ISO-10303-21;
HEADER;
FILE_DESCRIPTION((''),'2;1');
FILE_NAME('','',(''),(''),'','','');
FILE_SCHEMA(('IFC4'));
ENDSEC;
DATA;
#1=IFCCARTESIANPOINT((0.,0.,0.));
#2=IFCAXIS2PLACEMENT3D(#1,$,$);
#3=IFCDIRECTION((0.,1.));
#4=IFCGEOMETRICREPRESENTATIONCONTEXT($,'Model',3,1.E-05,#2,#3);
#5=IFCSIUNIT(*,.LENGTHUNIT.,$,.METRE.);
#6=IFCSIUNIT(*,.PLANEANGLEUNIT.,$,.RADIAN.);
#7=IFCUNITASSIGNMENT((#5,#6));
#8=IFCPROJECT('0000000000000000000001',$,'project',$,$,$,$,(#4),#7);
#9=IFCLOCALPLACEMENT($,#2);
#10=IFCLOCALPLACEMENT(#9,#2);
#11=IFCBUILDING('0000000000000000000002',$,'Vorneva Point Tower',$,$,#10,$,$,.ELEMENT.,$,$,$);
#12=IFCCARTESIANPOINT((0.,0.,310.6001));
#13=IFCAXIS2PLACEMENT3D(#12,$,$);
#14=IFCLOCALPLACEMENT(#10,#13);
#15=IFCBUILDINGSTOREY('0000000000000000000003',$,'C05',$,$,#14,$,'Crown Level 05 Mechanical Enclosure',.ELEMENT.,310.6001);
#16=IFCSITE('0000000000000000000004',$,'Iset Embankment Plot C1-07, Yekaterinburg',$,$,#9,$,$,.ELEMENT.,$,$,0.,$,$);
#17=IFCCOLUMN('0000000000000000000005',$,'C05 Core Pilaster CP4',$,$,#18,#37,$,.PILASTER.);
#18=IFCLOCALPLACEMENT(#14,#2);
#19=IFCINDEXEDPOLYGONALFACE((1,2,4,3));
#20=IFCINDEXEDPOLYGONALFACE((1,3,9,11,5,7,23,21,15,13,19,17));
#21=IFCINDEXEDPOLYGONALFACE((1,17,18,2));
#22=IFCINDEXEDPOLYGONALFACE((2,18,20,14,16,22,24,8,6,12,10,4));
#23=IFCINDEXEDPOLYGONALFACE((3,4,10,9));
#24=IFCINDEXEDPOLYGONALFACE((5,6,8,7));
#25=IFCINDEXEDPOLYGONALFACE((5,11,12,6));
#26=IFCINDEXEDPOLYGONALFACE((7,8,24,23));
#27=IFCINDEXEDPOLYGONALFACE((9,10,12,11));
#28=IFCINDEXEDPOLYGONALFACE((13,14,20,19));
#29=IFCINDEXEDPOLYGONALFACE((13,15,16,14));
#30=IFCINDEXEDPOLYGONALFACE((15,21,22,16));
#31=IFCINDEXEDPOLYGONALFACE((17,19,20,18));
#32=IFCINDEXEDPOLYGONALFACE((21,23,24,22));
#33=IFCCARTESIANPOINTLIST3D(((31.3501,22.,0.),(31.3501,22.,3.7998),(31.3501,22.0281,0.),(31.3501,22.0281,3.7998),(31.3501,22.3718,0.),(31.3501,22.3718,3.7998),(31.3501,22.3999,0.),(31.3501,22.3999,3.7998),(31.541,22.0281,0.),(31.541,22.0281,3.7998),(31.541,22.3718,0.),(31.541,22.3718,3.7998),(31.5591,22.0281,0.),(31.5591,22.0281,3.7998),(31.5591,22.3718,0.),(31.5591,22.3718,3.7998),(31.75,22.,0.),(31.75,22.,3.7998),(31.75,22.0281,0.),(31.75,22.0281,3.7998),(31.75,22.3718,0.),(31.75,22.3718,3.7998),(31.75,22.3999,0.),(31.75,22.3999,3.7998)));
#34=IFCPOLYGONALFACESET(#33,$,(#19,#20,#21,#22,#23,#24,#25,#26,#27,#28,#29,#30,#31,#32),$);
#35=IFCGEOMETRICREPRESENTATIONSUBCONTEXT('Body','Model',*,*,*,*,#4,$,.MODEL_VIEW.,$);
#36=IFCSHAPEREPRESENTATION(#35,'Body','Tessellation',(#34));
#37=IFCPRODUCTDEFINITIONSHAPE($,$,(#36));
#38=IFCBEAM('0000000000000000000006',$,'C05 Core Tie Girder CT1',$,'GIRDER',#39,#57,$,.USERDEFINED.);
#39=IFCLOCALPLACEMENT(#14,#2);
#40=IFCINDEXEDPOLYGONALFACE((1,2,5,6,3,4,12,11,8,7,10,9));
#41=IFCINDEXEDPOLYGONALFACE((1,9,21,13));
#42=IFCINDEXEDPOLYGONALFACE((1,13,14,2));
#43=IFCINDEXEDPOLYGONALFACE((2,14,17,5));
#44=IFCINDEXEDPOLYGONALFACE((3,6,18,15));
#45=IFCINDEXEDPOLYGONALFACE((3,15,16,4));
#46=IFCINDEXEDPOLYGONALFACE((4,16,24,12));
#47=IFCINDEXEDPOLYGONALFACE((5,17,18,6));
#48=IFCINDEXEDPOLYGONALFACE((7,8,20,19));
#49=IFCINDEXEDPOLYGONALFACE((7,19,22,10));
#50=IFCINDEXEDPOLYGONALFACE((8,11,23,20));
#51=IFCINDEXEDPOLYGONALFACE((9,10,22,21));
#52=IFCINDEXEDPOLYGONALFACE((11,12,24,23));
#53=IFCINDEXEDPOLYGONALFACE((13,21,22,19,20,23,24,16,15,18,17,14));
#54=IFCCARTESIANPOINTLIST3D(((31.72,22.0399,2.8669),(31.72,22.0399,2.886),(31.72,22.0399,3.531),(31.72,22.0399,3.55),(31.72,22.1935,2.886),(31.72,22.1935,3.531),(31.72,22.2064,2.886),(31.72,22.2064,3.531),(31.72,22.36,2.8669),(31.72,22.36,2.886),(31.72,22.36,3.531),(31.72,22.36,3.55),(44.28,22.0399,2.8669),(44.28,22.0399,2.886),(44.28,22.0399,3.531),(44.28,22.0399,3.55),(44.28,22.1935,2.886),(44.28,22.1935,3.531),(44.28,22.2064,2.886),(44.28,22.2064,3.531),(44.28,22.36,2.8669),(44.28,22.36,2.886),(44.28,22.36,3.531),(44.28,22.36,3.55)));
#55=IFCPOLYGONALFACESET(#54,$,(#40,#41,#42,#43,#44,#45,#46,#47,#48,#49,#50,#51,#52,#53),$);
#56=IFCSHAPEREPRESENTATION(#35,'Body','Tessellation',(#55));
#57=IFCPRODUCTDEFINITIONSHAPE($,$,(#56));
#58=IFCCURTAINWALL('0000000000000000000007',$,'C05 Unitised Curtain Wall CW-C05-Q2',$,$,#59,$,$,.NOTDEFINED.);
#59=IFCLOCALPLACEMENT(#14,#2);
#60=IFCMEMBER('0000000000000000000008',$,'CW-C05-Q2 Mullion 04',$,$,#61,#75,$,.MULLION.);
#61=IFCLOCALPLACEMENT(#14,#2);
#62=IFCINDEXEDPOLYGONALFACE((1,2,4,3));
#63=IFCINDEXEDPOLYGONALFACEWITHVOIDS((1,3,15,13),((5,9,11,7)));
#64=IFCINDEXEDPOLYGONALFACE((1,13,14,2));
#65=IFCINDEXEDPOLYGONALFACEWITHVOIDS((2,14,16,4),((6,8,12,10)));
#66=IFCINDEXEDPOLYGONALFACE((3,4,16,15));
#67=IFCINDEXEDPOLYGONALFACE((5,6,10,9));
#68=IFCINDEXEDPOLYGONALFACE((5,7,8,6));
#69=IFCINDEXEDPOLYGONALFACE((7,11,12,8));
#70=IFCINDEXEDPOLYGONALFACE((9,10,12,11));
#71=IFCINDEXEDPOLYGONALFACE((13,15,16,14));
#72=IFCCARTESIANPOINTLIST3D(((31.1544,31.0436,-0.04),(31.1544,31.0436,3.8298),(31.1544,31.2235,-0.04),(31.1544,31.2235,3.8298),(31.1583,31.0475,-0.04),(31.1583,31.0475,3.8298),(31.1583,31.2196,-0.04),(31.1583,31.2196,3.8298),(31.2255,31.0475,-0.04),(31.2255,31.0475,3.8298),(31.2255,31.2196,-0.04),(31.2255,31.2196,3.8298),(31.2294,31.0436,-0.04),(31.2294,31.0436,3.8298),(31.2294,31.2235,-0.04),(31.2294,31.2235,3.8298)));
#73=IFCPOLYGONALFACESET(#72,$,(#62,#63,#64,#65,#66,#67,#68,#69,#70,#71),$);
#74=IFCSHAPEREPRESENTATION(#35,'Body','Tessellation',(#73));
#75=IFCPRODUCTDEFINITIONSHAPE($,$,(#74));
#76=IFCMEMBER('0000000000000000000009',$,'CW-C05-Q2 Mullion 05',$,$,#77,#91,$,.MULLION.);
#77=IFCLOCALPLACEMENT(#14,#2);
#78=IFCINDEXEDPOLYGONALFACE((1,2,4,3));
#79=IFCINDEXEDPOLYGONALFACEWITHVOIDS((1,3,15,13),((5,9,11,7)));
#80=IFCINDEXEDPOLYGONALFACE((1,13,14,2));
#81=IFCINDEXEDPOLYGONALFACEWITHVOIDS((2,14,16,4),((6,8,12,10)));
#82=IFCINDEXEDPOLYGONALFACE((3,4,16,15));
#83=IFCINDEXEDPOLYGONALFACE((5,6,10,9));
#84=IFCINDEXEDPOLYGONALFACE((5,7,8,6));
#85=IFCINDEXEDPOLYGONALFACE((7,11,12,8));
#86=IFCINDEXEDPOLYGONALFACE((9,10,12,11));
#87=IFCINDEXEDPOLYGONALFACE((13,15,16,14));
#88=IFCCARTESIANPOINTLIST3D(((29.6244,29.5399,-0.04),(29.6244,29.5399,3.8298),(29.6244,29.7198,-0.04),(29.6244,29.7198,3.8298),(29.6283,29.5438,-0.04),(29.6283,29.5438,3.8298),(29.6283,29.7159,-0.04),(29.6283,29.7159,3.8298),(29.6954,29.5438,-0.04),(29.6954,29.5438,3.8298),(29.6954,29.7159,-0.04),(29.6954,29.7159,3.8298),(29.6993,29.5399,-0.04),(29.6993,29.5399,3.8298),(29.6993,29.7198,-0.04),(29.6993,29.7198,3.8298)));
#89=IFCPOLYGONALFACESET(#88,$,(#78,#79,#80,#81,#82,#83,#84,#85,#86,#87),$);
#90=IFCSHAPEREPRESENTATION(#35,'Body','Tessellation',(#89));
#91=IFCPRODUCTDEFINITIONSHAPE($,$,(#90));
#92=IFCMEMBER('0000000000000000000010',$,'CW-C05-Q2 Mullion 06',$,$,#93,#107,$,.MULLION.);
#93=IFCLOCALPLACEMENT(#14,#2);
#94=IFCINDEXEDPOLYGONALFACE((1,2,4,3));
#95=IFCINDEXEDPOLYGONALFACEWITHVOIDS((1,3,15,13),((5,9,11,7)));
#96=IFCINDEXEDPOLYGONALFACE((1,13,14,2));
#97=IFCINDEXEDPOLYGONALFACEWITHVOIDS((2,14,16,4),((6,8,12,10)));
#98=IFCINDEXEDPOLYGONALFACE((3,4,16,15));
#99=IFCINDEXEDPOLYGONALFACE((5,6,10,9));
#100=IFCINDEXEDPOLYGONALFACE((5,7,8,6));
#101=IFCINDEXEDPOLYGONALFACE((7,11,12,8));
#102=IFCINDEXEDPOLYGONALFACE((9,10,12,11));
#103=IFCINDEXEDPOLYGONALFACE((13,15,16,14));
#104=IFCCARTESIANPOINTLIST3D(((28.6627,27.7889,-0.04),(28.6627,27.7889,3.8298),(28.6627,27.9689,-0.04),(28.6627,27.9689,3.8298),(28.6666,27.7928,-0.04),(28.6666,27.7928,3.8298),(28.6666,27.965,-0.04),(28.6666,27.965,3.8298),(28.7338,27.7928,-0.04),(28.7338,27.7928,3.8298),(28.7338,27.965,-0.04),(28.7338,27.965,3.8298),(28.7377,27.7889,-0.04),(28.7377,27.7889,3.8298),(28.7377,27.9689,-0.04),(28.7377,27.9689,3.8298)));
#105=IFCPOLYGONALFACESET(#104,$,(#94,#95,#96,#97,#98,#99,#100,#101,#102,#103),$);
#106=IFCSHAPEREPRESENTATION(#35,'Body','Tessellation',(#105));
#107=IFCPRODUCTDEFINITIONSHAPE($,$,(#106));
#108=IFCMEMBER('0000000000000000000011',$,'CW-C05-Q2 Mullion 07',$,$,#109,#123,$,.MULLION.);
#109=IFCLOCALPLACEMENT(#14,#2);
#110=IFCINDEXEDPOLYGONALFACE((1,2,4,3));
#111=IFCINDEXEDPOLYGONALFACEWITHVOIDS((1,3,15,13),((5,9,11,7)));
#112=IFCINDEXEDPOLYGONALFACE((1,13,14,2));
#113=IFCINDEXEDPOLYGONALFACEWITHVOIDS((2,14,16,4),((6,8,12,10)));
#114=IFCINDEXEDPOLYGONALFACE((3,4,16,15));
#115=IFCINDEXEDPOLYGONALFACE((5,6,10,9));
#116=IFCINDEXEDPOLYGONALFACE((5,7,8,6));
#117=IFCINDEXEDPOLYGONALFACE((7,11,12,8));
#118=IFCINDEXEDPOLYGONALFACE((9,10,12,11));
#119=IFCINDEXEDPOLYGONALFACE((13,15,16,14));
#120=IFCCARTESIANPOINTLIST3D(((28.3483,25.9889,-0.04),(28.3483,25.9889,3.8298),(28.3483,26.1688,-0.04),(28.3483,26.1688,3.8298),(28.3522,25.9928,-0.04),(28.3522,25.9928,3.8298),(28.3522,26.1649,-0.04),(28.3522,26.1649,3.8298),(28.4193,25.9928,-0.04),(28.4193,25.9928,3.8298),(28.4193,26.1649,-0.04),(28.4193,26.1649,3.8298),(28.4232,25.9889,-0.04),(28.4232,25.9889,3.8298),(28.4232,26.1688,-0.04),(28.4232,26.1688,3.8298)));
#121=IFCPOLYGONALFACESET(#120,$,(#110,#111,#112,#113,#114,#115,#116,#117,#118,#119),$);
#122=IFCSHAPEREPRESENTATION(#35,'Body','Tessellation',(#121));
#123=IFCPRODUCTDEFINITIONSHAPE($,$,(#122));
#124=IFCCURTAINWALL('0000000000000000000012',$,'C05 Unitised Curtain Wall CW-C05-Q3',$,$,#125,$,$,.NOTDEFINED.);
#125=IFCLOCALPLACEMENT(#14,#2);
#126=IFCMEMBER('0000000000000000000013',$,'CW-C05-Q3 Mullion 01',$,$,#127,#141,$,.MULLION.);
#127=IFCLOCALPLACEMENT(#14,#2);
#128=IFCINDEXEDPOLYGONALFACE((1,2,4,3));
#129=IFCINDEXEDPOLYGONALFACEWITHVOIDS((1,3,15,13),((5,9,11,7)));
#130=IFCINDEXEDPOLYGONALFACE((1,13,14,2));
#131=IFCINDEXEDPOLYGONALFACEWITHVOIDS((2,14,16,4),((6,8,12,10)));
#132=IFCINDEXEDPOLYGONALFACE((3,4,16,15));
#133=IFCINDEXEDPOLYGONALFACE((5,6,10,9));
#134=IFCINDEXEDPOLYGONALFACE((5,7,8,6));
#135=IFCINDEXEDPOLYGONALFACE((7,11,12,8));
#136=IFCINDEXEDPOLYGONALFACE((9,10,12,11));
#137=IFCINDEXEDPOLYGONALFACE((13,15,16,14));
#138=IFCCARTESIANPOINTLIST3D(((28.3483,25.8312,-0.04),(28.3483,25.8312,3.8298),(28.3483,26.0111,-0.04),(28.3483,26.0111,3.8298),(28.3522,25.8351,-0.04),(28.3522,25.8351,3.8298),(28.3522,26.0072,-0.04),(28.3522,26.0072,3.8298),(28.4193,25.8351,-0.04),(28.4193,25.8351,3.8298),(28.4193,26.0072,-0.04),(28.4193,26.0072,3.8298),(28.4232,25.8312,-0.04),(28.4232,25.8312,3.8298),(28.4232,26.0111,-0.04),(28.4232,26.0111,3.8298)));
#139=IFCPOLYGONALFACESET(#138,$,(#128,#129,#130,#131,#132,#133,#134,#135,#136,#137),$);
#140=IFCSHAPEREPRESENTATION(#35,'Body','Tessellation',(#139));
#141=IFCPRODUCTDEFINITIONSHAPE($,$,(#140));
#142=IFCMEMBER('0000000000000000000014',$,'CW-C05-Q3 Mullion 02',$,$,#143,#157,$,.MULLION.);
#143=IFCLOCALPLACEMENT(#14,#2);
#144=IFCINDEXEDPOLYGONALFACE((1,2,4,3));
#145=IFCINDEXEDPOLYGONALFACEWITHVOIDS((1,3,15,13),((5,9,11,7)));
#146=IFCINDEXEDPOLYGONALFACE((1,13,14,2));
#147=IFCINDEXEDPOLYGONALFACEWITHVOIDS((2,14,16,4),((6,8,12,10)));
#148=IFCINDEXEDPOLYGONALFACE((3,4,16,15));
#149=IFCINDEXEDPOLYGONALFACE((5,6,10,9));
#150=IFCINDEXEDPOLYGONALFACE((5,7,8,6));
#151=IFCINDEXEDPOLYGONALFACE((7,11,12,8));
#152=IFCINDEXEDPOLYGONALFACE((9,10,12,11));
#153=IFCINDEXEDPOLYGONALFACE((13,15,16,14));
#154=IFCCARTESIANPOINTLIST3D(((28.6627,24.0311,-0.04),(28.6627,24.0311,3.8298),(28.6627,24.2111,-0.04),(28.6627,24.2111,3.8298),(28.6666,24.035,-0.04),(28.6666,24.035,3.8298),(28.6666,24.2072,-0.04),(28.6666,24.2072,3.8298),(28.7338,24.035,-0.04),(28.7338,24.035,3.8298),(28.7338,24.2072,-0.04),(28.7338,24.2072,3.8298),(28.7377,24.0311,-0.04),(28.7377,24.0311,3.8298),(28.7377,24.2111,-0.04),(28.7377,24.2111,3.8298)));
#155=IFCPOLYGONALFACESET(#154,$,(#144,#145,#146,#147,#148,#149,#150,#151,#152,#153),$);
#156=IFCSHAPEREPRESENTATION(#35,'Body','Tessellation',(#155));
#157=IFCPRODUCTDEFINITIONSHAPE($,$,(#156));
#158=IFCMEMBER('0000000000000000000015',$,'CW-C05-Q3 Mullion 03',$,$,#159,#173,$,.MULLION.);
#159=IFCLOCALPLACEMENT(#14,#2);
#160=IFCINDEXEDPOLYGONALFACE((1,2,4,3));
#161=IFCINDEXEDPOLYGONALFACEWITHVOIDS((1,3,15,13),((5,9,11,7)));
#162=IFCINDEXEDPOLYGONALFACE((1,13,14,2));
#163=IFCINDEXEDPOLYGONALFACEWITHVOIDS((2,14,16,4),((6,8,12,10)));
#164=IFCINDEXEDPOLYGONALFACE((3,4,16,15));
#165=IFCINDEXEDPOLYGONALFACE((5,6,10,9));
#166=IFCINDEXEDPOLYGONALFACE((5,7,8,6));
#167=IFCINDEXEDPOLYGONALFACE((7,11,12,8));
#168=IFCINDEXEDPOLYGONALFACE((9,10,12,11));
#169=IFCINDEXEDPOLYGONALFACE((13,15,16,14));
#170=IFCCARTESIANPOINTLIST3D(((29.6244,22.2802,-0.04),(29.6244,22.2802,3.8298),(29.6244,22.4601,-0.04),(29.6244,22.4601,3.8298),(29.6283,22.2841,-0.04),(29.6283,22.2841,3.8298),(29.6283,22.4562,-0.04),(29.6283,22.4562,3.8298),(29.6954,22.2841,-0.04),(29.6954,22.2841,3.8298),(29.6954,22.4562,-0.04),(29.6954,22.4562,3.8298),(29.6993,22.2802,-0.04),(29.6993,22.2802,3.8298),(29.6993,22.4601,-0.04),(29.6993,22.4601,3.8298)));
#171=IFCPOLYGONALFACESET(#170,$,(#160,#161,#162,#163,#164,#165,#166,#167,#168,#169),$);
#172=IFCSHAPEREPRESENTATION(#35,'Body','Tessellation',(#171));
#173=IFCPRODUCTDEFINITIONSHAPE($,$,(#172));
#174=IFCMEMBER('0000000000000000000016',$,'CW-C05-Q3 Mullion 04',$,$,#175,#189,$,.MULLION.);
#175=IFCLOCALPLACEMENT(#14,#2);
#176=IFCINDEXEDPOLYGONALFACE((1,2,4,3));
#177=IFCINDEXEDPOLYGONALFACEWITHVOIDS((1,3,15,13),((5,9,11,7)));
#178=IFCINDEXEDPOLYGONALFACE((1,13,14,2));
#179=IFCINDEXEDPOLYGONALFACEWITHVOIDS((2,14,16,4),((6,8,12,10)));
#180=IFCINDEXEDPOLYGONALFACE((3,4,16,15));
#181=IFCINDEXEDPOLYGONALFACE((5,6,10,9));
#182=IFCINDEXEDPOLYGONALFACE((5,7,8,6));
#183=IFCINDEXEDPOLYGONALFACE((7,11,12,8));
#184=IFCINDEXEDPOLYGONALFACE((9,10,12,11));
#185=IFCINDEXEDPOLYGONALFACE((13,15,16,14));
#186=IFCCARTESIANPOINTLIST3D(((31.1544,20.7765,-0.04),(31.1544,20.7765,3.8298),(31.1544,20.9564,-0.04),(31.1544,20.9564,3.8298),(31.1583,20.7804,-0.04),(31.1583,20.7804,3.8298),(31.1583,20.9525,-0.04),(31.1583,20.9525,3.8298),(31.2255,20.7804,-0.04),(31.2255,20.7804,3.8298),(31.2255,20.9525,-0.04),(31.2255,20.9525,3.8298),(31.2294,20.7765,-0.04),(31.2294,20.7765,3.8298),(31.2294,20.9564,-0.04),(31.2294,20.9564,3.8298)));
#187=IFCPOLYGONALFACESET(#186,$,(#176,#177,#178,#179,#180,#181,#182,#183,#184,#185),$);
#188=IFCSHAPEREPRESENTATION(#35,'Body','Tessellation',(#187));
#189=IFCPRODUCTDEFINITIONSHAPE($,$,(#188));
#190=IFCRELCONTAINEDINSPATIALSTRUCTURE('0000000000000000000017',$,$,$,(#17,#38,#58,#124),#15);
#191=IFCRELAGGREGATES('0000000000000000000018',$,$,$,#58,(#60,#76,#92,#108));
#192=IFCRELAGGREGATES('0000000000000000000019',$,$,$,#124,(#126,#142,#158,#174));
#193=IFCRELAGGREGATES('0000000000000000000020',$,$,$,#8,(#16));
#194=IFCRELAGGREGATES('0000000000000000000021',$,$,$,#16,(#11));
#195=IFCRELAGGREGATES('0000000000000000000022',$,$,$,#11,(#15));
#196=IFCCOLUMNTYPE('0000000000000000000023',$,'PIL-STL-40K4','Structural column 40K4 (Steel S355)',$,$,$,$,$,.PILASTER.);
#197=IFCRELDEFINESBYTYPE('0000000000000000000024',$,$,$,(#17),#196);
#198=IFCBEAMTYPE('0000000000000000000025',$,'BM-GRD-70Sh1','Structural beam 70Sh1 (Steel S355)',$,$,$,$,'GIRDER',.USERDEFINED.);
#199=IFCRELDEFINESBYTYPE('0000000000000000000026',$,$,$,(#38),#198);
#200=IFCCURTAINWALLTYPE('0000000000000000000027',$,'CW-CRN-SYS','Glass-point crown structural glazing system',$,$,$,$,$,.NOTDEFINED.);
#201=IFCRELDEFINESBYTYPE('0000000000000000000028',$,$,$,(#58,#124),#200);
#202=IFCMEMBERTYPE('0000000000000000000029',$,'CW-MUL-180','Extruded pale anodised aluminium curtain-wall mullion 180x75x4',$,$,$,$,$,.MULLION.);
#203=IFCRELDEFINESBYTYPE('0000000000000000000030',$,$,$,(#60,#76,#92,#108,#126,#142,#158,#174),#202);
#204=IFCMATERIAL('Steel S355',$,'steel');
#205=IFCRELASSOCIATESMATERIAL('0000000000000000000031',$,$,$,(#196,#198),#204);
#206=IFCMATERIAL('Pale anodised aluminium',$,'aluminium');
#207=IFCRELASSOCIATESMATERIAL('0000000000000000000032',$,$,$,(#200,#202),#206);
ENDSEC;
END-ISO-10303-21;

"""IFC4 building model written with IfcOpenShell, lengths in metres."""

from ifc_helpers import new_model, si_unit, direction, frame, origin, origin_2d, place, context, subcontext, project, spatial, hollow_rectangle, i_section, extrude, material, material_profile, profile_set, type_object, element, aggregate, save


model = new_model("IFC4")

# Units and contexts
model_context = context("Model", 3, precision=1e-05, world=origin(), true_north=direction((0.0, 1.0)))
body_context = subcontext(model_context, "Body", "Model", "MODEL_VIEW")
ifc_project = project(units=[si_unit("LENGTHUNIT", "METRE"), si_unit("PLANEANGLEUNIT", "RADIAN")], contexts=[model_context])

# Site, building, storey
site_placement = place(None, origin())
site = spatial("IfcSite", under=ifc_project, at=site_placement, Name="Iset Embankment Plot C1-07, Yekaterinburg", CompositionType="ELEMENT", RefElevation=0.0)
building_placement = place(site_placement, origin())
building = spatial("IfcBuilding", under=site, at=building_placement, Name="Vorneva Point Tower", CompositionType="ELEMENT")
storey_placement = place(building_placement, frame((0.0, 0.0, 310.6001)))
storey = spatial("IfcBuildingStorey", under=building, at=storey_placement, Name="C05", LongName="Crown Level 05 Mechanical Enclosure", CompositionType="ELEMENT", Elevation=310.6001)

# Column
ifc_material_1 = material(Name="Steel S355", Category="steel")
ifc_material_profile_1 = material_profile(ifc_material_1, i_section(OverallWidth=0.3999, OverallDepth=0.3999, WebThickness=0.0181, FlangeThickness=0.0281, at=origin_2d()), Name="40K4")
ifc_profile_set_1 = profile_set([ifc_material_profile_1], Name="Steel S355")
column_type = type_object("IfcColumnType", Name="PIL-STL-40K4", Description="Structural column 40K4 (Steel S355)", PredefinedType="PILASTER", material=ifc_profile_set_1)
column_placement = place(storey_placement, frame((31.55, 22.2, 0.0), z_axis=(0.0, 0.0, 1.0), x_axis=(1.0, 0.0, 0.0)))
element("IfcColumn", 1, at=column_placement, inside=storey, type_object=column_type, Name="C05 Core Pilaster CP4", PredefinedType="PILASTER", context=body_context, shape_type="SweptSolid", body=[
    extrude(i_section(OverallWidth=0.3999, OverallDepth=0.3999, WebThickness=0.0181, FlangeThickness=0.0281, at=origin_2d()), origin(), (0.0, 0.0, 1.0), 3.7998),
])

# Beam
ifc_material_profile_2 = material_profile(ifc_material_1, i_section(OverallWidth=0.3201, OverallDepth=0.6831, WebThickness=0.0129, FlangeThickness=0.019, at=origin_2d()), Name="70Sh1")
ifc_profile_set_2 = profile_set([ifc_material_profile_2], Name="Steel S355")
beam_type = type_object("IfcBeamType", Name="BM-GRD-70Sh1", Description="Structural beam 70Sh1 (Steel S355)", ElementType="GIRDER", PredefinedType="USERDEFINED", material=ifc_profile_set_2)
beam_placement = place(storey_placement, frame((31.72, 22.2, 3.2085), z_axis=(1.0, 0.0, 0.0), x_axis=(0.0, 1.0, 0.0)))
element("IfcBeam", 2, at=beam_placement, inside=storey, type_object=beam_type, Name="C05 Core Tie Girder CT1", ObjectType="GIRDER", PredefinedType="USERDEFINED", context=body_context, shape_type="SweptSolid", body=[
    extrude(i_section(OverallWidth=0.3201, OverallDepth=0.6831, WebThickness=0.0129, FlangeThickness=0.019, at=origin_2d()), origin(), (0.0, 0.0, 1.0), 12.5601),
])

# Curtain walls, members
ifc_material_2 = material(Name="Pale anodised aluminium", Category="aluminium")
curtain_wall_type = type_object("IfcCurtainWallType", Name="CW-CRN-SYS", Description="Glass-point crown structural glazing system", PredefinedType="NOTDEFINED", material=ifc_material_2)
curtain_wall_1_placement = place(storey_placement, origin())
curtain_wall_1 = element("IfcCurtainWall", 3, at=curtain_wall_1_placement, inside=storey, type_object=curtain_wall_type, Name="C05 Unitised Curtain Wall CW-C05-Q2", PredefinedType="NOTDEFINED")
ifc_material_profile_3 = material_profile(ifc_material_2, hollow_rectangle(XDim=0.075, YDim=0.1799, WallThickness=0.0039, at=origin_2d()), Name="AL-MUL 180x75x4")
ifc_profile_set_3 = profile_set([ifc_material_profile_3], Name="Pale anodised aluminium")
member_type_1 = type_object("IfcMemberType", Name="CW-MUL-180", Description="Extruded pale anodised aluminium curtain-wall mullion 180x75x4", PredefinedType="MULLION", material=ifc_profile_set_3)
member_1_placement = place(storey_placement, frame((31.1919, 31.1335, -0.04), z_axis=(0.0, 0.0, 1.0), x_axis=(1.0, 0.0, 0.0)))
member_1 = element("IfcMember", 4, at=member_1_placement, type_object=member_type_1, Name="CW-C05-Q2 Mullion 04", PredefinedType="MULLION", context=body_context, shape_type="SweptSolid", body=[
    extrude(hollow_rectangle(XDim=0.075, YDim=0.1799, WallThickness=0.0039, at=origin_2d()), origin(), (0.0, 0.0, 1.0), 3.8699),
])
member_2_placement = place(storey_placement, frame((29.6619, 29.6299, -0.04), z_axis=(0.0, 0.0, 1.0), x_axis=(1.0, 0.0, 0.0)))
member_2 = element("IfcMember", 5, at=member_2_placement, type_object=member_type_1, Name="CW-C05-Q2 Mullion 05", PredefinedType="MULLION", context=body_context, shape_type="SweptSolid", body=[
    extrude(hollow_rectangle(XDim=0.075, YDim=0.1799, WallThickness=0.0039, at=origin_2d()), origin(), (0.0, 0.0, 1.0), 3.8699),
])
member_3_placement = place(storey_placement, frame((28.7002, 27.8789, -0.04), z_axis=(0.0, 0.0, 1.0), x_axis=(1.0, 0.0, 0.0)))
member_3 = element("IfcMember", 6, at=member_3_placement, type_object=member_type_1, Name="CW-C05-Q2 Mullion 06", PredefinedType="MULLION", context=body_context, shape_type="SweptSolid", body=[
    extrude(hollow_rectangle(XDim=0.075, YDim=0.1799, WallThickness=0.0039, at=origin_2d()), origin(), (0.0, 0.0, 1.0), 3.8699),
])
member_4_placement = place(storey_placement, frame((28.3857, 26.0789, -0.04), z_axis=(0.0, 0.0, 1.0), x_axis=(1.0, 0.0, 0.0)))
member_4 = element("IfcMember", 7, at=member_4_placement, type_object=member_type_1, Name="CW-C05-Q2 Mullion 07", PredefinedType="MULLION", context=body_context, shape_type="SweptSolid", body=[
    extrude(hollow_rectangle(XDim=0.075, YDim=0.1799, WallThickness=0.0039, at=origin_2d()), origin(), (0.0, 0.0, 1.0), 3.8699),
])
curtain_wall_2_placement = place(storey_placement, origin())
curtain_wall_2 = element("IfcCurtainWall", 8, at=curtain_wall_2_placement, inside=storey, type_object=curtain_wall_type, Name="C05 Unitised Curtain Wall CW-C05-Q3", PredefinedType="NOTDEFINED")
member_5_placement = place(storey_placement, frame((28.3857, 25.9211, -0.04), z_axis=(0.0, 0.0, 1.0), x_axis=(1.0, 0.0, 0.0)))
member_5 = element("IfcMember", 9, at=member_5_placement, type_object=member_type_1, Name="CW-C05-Q3 Mullion 01", PredefinedType="MULLION", context=body_context, shape_type="SweptSolid", body=[
    extrude(hollow_rectangle(XDim=0.075, YDim=0.1799, WallThickness=0.0039, at=origin_2d()), origin(), (0.0, 0.0, 1.0), 3.8699),
])
member_6_placement = place(storey_placement, frame((28.7002, 24.1211, -0.04), z_axis=(0.0, 0.0, 1.0), x_axis=(1.0, 0.0, 0.0)))
member_6 = element("IfcMember", 10, at=member_6_placement, type_object=member_type_1, Name="CW-C05-Q3 Mullion 02", PredefinedType="MULLION", context=body_context, shape_type="SweptSolid", body=[
    extrude(hollow_rectangle(XDim=0.075, YDim=0.1799, WallThickness=0.0039, at=origin_2d()), origin(), (0.0, 0.0, 1.0), 3.8699),
])
member_7_placement = place(storey_placement, frame((29.6619, 22.3701, -0.04), z_axis=(0.0, 0.0, 1.0), x_axis=(1.0, 0.0, 0.0)))
member_7 = element("IfcMember", 11, at=member_7_placement, type_object=member_type_1, Name="CW-C05-Q3 Mullion 03", PredefinedType="MULLION", context=body_context, shape_type="SweptSolid", body=[
    extrude(hollow_rectangle(XDim=0.075, YDim=0.1799, WallThickness=0.0039, at=origin_2d()), origin(), (0.0, 0.0, 1.0), 3.8699),
])
member_8_placement = place(storey_placement, frame((31.1919, 20.8665, -0.04), z_axis=(0.0, 0.0, 1.0), x_axis=(1.0, 0.0, 0.0)))
member_8 = element("IfcMember", 12, at=member_8_placement, type_object=member_type_1, Name="CW-C05-Q3 Mullion 04", PredefinedType="MULLION", context=body_context, shape_type="SweptSolid", body=[
    extrude(hollow_rectangle(XDim=0.075, YDim=0.1799, WallThickness=0.0039, at=origin_2d()), origin(), (0.0, 0.0, 1.0), 3.8699),
])

aggregate(curtain_wall_1, [member_1, member_2, member_3, member_4])
aggregate(curtain_wall_2, [member_5, member_6, member_7, member_8])

save(model, "model.ifc")
